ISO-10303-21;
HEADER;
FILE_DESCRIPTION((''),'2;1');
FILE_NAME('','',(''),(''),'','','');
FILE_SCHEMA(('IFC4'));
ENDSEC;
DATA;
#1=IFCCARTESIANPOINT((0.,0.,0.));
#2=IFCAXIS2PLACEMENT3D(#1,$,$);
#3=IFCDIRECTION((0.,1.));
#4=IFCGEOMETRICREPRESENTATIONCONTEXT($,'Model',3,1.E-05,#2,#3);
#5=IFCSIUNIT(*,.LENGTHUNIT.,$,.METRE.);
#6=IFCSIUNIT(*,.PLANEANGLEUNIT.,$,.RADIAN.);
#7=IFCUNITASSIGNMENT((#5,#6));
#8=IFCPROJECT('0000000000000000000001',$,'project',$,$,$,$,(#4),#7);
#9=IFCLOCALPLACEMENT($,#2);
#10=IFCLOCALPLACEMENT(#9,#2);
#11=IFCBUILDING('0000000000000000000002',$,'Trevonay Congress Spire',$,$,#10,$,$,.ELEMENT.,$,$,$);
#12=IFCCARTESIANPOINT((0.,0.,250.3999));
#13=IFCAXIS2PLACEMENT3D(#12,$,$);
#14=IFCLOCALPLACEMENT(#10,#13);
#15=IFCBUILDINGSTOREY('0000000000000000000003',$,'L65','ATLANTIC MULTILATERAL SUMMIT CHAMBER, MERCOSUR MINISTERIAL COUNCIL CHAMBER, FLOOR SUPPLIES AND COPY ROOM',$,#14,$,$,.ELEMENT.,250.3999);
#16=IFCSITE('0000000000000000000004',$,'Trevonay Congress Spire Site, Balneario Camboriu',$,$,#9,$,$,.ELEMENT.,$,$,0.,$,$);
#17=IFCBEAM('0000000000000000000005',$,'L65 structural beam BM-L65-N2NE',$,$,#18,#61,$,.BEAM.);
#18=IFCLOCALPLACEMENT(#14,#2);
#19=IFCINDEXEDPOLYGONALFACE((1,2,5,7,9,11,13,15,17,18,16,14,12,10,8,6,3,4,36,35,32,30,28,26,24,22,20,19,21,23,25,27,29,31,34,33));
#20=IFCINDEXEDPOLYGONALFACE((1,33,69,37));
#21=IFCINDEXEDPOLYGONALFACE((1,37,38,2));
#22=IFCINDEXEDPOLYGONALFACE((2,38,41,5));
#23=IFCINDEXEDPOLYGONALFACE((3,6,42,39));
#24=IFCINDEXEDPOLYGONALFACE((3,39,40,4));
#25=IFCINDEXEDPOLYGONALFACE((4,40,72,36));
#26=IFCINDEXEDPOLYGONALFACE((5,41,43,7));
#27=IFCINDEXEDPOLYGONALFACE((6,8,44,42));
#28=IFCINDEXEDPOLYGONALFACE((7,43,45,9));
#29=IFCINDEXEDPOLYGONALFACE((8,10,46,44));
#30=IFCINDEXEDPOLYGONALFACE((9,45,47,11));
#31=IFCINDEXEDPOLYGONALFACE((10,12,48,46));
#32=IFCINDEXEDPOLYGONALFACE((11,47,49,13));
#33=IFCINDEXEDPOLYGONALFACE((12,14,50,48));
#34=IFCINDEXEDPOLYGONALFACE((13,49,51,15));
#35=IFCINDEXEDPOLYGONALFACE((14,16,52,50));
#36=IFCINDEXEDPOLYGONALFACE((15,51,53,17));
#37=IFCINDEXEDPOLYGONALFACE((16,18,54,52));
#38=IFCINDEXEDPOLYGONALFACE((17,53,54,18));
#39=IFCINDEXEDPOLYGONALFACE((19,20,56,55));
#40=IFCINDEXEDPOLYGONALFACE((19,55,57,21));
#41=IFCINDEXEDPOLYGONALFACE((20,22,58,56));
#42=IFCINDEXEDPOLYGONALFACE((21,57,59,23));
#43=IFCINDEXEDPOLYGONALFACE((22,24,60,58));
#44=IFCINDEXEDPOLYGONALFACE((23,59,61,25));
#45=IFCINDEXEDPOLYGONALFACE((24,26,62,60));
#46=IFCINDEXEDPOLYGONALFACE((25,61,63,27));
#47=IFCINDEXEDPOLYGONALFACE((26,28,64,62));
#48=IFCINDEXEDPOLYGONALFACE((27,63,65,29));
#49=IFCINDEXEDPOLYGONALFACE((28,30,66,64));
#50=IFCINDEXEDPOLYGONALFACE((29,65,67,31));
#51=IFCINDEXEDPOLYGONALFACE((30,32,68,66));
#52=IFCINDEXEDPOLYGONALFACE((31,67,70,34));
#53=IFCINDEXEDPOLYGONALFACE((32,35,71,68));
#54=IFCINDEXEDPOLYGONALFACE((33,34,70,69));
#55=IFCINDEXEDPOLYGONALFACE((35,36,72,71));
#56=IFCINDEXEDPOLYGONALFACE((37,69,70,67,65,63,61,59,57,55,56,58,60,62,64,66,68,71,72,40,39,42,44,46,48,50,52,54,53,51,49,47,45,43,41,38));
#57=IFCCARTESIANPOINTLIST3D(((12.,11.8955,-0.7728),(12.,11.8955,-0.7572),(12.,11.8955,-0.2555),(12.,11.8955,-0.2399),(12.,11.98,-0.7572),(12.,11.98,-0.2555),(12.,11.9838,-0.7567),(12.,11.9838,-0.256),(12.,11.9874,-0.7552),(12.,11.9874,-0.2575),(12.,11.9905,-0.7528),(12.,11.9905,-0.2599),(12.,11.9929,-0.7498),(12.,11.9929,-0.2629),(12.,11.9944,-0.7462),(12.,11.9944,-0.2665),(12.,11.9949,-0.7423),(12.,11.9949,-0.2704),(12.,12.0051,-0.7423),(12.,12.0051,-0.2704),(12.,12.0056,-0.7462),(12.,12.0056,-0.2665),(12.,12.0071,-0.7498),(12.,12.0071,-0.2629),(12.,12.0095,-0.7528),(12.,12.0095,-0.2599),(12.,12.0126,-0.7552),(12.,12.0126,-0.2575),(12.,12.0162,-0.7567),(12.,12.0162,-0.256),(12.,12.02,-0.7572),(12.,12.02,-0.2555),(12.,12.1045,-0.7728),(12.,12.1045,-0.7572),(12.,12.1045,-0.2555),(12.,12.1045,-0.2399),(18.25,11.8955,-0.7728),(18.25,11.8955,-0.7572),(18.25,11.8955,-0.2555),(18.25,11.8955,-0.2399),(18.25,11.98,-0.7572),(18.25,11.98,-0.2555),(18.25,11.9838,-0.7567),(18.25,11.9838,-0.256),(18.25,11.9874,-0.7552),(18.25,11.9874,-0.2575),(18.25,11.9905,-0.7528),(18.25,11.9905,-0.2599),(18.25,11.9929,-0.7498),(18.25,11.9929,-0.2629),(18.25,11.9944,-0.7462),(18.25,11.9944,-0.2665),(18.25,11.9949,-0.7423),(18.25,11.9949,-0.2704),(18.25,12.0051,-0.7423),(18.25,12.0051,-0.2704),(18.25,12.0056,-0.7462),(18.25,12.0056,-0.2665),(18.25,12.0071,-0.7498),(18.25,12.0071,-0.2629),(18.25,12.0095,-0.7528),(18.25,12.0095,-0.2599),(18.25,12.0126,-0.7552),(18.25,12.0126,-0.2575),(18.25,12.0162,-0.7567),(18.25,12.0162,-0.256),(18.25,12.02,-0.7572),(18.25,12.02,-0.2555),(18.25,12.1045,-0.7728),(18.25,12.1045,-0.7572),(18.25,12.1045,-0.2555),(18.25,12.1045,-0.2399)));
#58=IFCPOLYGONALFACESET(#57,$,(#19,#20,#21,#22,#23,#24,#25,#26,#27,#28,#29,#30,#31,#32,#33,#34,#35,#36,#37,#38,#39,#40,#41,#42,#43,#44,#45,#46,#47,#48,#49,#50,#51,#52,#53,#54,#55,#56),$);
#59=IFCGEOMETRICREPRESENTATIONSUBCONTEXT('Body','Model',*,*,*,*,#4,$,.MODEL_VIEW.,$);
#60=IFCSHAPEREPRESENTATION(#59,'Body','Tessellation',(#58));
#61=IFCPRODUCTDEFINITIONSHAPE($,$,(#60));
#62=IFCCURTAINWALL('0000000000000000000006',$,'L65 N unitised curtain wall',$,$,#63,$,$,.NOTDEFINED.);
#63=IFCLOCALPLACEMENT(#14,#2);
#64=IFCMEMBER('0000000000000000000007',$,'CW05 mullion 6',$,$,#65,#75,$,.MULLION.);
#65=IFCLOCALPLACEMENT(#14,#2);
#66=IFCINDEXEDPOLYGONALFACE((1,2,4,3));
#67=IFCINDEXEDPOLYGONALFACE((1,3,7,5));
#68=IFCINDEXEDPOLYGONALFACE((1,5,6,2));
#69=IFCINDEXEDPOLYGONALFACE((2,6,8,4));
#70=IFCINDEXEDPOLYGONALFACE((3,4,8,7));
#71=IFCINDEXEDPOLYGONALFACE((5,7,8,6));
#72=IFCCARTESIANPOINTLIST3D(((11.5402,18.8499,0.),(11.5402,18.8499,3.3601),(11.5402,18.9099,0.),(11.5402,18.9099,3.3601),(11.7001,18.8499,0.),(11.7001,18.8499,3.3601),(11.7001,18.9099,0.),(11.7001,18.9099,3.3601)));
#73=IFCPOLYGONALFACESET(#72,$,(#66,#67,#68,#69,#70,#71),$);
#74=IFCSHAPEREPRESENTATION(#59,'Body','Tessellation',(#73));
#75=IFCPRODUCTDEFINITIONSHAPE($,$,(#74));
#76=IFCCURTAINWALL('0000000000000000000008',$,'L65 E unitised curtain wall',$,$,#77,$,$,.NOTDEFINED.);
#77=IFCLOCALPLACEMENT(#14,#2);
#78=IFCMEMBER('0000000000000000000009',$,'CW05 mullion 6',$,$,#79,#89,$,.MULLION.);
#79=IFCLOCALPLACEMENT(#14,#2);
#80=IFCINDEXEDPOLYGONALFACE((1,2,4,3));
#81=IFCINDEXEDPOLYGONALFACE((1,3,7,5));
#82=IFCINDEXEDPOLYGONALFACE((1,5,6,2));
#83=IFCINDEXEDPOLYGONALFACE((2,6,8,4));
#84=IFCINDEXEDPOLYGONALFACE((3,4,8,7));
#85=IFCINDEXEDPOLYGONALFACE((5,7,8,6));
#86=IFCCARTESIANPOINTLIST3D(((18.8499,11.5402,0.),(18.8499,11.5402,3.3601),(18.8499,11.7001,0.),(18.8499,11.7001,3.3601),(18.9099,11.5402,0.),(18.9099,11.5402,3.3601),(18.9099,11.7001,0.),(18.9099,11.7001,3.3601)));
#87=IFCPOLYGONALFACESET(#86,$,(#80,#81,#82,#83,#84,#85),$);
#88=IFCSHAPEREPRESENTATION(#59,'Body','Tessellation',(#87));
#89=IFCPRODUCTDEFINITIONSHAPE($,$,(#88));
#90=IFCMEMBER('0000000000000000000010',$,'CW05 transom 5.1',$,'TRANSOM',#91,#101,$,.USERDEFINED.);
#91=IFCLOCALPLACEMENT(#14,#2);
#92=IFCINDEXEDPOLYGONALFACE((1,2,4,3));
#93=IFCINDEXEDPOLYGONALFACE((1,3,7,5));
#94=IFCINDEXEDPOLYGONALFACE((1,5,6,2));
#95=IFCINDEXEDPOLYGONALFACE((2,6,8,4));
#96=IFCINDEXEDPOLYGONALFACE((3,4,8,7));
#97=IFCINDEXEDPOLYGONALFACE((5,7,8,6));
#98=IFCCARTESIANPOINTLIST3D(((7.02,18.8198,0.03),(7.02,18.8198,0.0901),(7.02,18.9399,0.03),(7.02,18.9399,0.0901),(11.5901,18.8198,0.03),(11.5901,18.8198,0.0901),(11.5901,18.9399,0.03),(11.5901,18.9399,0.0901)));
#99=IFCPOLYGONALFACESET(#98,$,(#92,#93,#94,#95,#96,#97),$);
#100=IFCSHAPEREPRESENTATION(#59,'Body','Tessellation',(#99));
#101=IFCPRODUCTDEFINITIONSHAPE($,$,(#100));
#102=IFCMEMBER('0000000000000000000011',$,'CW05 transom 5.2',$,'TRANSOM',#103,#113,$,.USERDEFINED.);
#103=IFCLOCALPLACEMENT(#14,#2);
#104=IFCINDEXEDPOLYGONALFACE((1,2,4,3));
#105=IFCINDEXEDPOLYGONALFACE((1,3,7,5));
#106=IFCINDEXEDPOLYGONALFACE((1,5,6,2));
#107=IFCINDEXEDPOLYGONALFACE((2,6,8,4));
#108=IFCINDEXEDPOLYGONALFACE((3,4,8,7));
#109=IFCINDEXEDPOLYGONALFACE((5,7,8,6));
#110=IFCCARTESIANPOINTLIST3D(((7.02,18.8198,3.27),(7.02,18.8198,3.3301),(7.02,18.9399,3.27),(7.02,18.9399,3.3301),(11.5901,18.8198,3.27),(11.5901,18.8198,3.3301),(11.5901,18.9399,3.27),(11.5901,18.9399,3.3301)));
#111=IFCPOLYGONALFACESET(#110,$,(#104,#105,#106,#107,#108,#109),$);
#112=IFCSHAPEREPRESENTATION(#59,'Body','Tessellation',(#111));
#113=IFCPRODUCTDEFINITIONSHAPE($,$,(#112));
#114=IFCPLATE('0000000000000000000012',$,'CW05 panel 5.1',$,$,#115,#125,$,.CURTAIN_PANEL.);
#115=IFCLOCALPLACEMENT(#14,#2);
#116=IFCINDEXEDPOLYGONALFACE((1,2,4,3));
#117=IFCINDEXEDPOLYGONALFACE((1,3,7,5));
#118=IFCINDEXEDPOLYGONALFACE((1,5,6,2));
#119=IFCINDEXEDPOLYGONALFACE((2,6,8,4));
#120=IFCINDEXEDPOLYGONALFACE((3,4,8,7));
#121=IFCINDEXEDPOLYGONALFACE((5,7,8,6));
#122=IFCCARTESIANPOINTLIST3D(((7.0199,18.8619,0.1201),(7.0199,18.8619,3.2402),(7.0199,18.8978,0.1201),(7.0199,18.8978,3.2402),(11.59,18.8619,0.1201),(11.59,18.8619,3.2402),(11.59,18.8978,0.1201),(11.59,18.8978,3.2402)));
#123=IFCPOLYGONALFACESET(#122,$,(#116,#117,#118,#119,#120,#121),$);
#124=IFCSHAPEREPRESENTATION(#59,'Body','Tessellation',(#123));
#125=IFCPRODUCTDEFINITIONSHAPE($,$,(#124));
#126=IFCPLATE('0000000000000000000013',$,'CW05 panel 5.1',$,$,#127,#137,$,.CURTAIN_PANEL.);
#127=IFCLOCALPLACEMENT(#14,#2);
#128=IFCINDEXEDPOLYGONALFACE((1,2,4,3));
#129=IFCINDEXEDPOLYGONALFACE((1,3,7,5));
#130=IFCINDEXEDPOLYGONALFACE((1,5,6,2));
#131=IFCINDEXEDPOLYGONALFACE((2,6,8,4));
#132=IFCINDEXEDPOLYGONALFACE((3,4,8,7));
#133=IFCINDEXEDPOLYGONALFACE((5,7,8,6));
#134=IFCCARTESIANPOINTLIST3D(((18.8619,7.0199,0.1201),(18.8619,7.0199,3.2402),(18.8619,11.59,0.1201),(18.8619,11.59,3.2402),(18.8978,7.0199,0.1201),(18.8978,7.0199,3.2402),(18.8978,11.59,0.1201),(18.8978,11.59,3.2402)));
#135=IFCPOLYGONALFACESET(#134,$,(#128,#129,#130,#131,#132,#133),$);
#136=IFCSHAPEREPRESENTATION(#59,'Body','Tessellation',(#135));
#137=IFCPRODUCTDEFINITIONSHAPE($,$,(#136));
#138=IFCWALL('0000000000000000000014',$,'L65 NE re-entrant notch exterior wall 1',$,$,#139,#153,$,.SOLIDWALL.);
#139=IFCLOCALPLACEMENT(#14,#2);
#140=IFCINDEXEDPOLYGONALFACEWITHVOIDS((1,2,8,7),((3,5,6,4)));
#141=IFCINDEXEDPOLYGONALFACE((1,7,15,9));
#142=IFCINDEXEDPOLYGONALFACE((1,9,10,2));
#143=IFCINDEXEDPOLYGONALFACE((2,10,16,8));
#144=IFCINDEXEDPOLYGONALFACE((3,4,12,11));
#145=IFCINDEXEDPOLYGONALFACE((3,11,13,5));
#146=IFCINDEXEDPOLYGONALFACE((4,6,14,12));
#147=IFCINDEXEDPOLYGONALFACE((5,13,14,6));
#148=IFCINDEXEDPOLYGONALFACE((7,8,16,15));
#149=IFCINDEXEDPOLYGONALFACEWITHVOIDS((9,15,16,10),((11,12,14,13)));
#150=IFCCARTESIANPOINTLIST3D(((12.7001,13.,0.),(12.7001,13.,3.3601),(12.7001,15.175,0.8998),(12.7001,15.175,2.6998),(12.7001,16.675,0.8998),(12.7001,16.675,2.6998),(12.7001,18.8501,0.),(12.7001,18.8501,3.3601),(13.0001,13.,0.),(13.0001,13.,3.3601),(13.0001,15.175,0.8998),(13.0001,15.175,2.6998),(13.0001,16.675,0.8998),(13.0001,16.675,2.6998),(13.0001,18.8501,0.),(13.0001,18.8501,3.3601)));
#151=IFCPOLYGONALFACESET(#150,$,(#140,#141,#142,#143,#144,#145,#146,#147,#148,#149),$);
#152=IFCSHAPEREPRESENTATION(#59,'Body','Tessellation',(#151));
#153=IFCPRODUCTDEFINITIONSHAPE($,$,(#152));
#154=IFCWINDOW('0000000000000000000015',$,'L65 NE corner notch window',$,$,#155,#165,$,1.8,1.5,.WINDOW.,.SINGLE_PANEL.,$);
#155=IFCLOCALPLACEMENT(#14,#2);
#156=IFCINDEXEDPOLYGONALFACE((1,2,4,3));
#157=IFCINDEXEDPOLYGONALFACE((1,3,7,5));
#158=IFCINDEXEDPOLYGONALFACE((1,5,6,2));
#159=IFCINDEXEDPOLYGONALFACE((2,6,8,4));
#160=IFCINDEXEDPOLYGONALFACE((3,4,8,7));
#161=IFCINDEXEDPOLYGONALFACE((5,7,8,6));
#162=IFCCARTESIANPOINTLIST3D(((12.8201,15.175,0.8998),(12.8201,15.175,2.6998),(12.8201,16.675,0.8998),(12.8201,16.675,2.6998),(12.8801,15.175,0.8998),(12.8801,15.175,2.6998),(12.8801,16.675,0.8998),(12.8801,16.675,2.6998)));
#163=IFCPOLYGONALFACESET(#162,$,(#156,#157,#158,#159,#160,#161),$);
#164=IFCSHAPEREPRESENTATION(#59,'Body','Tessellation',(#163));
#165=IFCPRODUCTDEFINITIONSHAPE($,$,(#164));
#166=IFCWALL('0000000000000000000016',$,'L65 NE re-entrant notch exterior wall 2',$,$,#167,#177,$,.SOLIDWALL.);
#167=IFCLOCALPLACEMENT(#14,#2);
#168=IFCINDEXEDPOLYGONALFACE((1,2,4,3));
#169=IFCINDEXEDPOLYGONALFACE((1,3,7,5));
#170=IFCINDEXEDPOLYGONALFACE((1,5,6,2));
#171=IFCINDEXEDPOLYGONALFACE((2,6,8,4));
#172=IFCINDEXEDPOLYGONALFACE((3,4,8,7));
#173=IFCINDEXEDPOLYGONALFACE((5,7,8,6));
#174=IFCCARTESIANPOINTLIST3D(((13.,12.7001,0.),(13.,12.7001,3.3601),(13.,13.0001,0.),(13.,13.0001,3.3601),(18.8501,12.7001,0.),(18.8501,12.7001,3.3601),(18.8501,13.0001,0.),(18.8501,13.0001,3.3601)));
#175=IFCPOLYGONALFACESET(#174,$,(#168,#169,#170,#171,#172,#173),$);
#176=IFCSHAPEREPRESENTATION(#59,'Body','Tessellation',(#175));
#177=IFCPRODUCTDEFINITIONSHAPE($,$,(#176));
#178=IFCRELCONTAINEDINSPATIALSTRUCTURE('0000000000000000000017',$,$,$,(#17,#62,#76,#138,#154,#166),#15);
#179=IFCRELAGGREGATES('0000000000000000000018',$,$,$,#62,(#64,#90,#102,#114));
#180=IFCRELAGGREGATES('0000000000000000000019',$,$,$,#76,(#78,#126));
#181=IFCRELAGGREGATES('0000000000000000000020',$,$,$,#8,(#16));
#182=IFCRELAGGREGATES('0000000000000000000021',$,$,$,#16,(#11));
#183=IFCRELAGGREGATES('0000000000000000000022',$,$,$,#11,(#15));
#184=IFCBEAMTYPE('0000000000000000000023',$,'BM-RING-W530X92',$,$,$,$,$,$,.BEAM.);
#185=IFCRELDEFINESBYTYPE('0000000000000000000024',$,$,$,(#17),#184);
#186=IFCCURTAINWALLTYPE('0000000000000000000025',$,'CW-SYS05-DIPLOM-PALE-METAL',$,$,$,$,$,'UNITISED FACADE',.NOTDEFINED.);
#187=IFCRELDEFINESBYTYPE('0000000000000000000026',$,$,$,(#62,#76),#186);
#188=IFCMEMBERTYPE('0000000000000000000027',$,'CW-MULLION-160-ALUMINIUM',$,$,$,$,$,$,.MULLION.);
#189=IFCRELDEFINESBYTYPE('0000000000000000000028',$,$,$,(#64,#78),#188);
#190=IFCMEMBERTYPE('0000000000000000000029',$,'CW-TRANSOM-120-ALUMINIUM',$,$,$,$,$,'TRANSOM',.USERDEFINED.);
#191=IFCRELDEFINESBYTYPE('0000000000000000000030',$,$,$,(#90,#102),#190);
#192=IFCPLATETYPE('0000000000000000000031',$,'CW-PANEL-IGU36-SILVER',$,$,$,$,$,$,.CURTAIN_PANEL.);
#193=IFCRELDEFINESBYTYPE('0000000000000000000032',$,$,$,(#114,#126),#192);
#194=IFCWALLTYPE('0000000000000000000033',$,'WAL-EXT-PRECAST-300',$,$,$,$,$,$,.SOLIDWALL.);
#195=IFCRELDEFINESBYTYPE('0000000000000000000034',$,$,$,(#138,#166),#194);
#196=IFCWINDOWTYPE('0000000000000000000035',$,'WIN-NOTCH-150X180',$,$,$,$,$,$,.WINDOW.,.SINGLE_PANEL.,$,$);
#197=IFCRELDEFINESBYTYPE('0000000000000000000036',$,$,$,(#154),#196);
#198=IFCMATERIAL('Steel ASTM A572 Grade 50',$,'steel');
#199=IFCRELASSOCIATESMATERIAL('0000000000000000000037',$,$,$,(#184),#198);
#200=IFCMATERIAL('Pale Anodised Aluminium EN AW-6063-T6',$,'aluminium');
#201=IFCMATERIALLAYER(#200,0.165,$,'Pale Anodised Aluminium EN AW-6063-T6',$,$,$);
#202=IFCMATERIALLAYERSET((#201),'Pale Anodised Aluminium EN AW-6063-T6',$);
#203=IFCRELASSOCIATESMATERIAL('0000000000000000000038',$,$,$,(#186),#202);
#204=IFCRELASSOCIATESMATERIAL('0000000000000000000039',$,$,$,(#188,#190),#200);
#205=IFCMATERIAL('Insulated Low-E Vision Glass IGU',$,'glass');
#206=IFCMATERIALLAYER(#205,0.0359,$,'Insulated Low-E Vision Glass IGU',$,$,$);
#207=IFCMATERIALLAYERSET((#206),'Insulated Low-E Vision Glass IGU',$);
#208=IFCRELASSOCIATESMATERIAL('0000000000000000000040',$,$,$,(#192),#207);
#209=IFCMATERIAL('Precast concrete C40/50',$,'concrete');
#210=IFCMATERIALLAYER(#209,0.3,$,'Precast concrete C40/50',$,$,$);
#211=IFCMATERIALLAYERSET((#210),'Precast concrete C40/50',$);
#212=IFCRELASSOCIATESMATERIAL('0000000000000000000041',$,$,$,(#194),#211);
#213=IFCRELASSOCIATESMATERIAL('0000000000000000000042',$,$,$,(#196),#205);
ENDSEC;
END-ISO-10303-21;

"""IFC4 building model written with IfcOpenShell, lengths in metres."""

from ifc_helpers import new_model, si_unit, direction, frame, frame_2d, origin, origin_2d, place, context, subcontext, project, spatial, rectangle, i_section, extrude, material, layer, layer_set, material_profile, profile_set, type_object, element, fill, aggregate, save


model = new_model("IFC4")

# Units and contexts
model_context = context("Model", 3, precision=1e-05, world=origin(), true_north=direction((0.0, 1.0)))
body_context = subcontext(model_context, "Body", "Model", "MODEL_VIEW")
ifc_project = project(units=[si_unit("LENGTHUNIT", "METRE"), si_unit("PLANEANGLEUNIT", "RADIAN")], contexts=[model_context])

# Site, building, storey
site_placement = place(None, origin())
site = spatial("IfcSite", under=ifc_project, at=site_placement, Name="Trevonay Congress Spire Site, Balneario Camboriu", CompositionType="ELEMENT", RefElevation=0.0)
building_placement = place(site_placement, origin())
building = spatial("IfcBuilding", under=site, at=building_placement, Name="Trevonay Congress Spire", CompositionType="ELEMENT")
storey_placement = place(building_placement, frame((0.0, 0.0, 250.3999)))
storey = spatial("IfcBuildingStorey", under=building, at=storey_placement, Name="L65", Description="ATLANTIC MULTILATERAL SUMMIT CHAMBER, MERCOSUR MINISTERIAL COUNCIL CHAMBER, FLOOR SUPPLIES AND COPY ROOM", CompositionType="ELEMENT", Elevation=250.3999)

# Shared definitions
ifc_material_1 = material(Name="Steel ASTM A572 Grade 50", Category="steel")

# Beam
ifc_material_profile_1 = material_profile(ifc_material_1, i_section(OverallWidth=0.209, OverallDepth=0.533, WebThickness=0.0103, FlangeThickness=0.0156, FilletRadius=0.0149, at=origin_2d()), Name="W530x92")
ifc_profile_set_1 = profile_set([ifc_material_profile_1], Name="Steel ASTM A572 Grade 50")
beam_type_1 = type_object("IfcBeamType", Name="BM-RING-W530X92", PredefinedType="BEAM", material=ifc_profile_set_1)
for number, where, z_axis, x_axis, name in (
    (1, (18.25, 12.0, -0.5063), (-1.0, 0.0, 0.0), (0.0, -1.0, 0.0), "L65 structural beam BM-L65-N2NE"),
):
    element("IfcBeam", number, at=place(storey_placement, frame(where, z_axis=z_axis, x_axis=x_axis)), inside=storey, type_object=beam_type_1, Name=name, PredefinedType="BEAM", context=body_context, shape_type="SweptSolid", body=[
        extrude(i_section(OverallWidth=0.209, OverallDepth=0.533, WebThickness=0.0103, FlangeThickness=0.0156, FilletRadius=0.0149, at=origin_2d()), origin(), (0.0, 0.0, 1.0), 6.25),
    ])

# Curtain walls, members
ifc_material_2 = material(Name="Pale Anodised Aluminium EN AW-6063-T6", Category="aluminium")
ifc_layer_1 = layer(ifc_material_2, 0.165, Name="Pale Anodised Aluminium EN AW-6063-T6")
ifc_layer_set_1 = layer_set([ifc_layer_1], Name="Pale Anodised Aluminium EN AW-6063-T6")
curtain_wall_type = type_object("IfcCurtainWallType", Name="CW-SYS05-DIPLOM-PALE-METAL", ElementType="UNITISED FACADE", PredefinedType="NOTDEFINED", material=ifc_layer_set_1)
curtain_wall_1_placement = place(storey_placement, origin())
curtain_wall_1 = element("IfcCurtainWall", 2, at=curtain_wall_1_placement, inside=storey, type_object=curtain_wall_type, Name="L65 N unitised curtain wall", PredefinedType="NOTDEFINED")
ifc_material_profile_2 = material_profile(ifc_material_2, rectangle(XDim=0.0601, YDim=0.1599, at=origin_2d()), Name="CW-MULLION-160-ALUMINIUM")
ifc_profile_set_2 = profile_set([ifc_material_profile_2], Name="Pale Anodised Aluminium EN AW-6063-T6")
member_type_1 = type_object("IfcMemberType", Name="CW-MULLION-160-ALUMINIUM", PredefinedType="MULLION", material=ifc_profile_set_2)
member_1_placement = place(storey_placement, frame((11.6201, 18.8799, 0.0), z_axis=(0.0, 0.0, 1.0), x_axis=(0.0, 1.0, 0.0)))
member_1 = element("IfcMember", 3, at=member_1_placement, type_object=member_type_1, Name="CW05 mullion 6", PredefinedType="MULLION", context=body_context, shape_type="SweptSolid", body=[
    extrude(rectangle(XDim=0.0601, YDim=0.1599, at=origin_2d()), origin(), (0.0, 0.0, 1.0), 3.3601),
])
curtain_wall_2_placement = place(storey_placement, origin())
curtain_wall_2 = element("IfcCurtainWall", 4, at=curtain_wall_2_placement, inside=storey, type_object=curtain_wall_type, Name="L65 E unitised curtain wall", PredefinedType="NOTDEFINED")
member_2_placement = place(storey_placement, frame((18.8799, 11.6201, 0.0), z_axis=(0.0, 0.0, 1.0), x_axis=(-1.0, 0.0, 0.0)))
member_2 = element("IfcMember", 5, at=member_2_placement, type_object=member_type_1, Name="CW05 mullion 6", PredefinedType="MULLION", context=body_context, shape_type="SweptSolid", body=[
    extrude(rectangle(XDim=0.0601, YDim=0.1599, at=origin_2d()), origin(), (0.0, 0.0, 1.0), 3.3601),
])

# Members
ifc_material_profile_3 = material_profile(ifc_material_2, rectangle(XDim=0.1201, YDim=0.0601, at=origin_2d()), Name="CW-TRANSOM-120-ALUMINIUM")
ifc_profile_set_3 = profile_set([ifc_material_profile_3], Name="Pale Anodised Aluminium EN AW-6063-T6")
member_type_2 = type_object("IfcMemberType", Name="CW-TRANSOM-120-ALUMINIUM", ElementType="TRANSOM", PredefinedType="USERDEFINED", material=ifc_profile_set_3)
member_3_placement = place(storey_placement, frame((7.02, 18.8799, 0.0601), z_axis=(1.0, 0.0, 0.0), x_axis=(0.0, 1.0, 0.0)))
member_3 = element("IfcMember", 6, at=member_3_placement, type_object=member_type_2, Name="CW05 transom 5.1", ObjectType="TRANSOM", PredefinedType="USERDEFINED", context=body_context, shape_type="SweptSolid", body=[
    extrude(rectangle(XDim=0.1201, YDim=0.0601, at=origin_2d()), origin(), (0.0, 0.0, 1.0), 4.5701),
])
member_4_placement = place(storey_placement, frame((7.02, 18.8799, 3.3), z_axis=(1.0, 0.0, 0.0), x_axis=(0.0, 1.0, 0.0)))
member_4 = element("IfcMember", 7, at=member_4_placement, type_object=member_type_2, Name="CW05 transom 5.2", ObjectType="TRANSOM", PredefinedType="USERDEFINED", context=body_context, shape_type="SweptSolid", body=[
    extrude(rectangle(XDim=0.1201, YDim=0.0601, at=origin_2d()), origin(), (0.0, 0.0, 1.0), 4.5701),
])

# Plates
ifc_material_3 = material(Name="Insulated Low-E Vision Glass IGU", Category="glass")
ifc_layer_2 = layer(ifc_material_3, 0.0359, Name="Insulated Low-E Vision Glass IGU")
ifc_layer_set_2 = layer_set([ifc_layer_2], Name="Insulated Low-E Vision Glass IGU")
plate_type = type_object("IfcPlateType", Name="CW-PANEL-IGU36-SILVER", PredefinedType="CURTAIN_PANEL", material=ifc_layer_set_2)
plate_1_placement = place(storey_placement, frame((9.3049, 18.8799, 0.1201), z_axis=(0.0, 0.0, 1.0), x_axis=(1.0, 0.0, 0.0)))
plate_1 = element("IfcPlate", 8, at=plate_1_placement, type_object=plate_type, Name="CW05 panel 5.1", PredefinedType="CURTAIN_PANEL", context=body_context, shape_type="SweptSolid", body=[
    extrude(rectangle(XDim=4.5701, YDim=0.0359, at=origin_2d()), origin(), (0.0, 0.0, 1.0), 3.1201),
])
aggregate(curtain_wall_1, [member_1, member_3, member_4, plate_1])
plate_2_placement = place(storey_placement, frame((18.8799, 9.3049, 0.1201), z_axis=(0.0, 0.0, 1.0), x_axis=(0.0, 1.0, 0.0)))
plate_2 = element("IfcPlate", 9, at=plate_2_placement, type_object=plate_type, Name="CW05 panel 5.1", PredefinedType="CURTAIN_PANEL", context=body_context, shape_type="SweptSolid", body=[
    extrude(rectangle(XDim=4.5701, YDim=0.0359, at=origin_2d()), origin(), (0.0, 0.0, 1.0), 3.1201),
])
aggregate(curtain_wall_2, [member_2, plate_2])

# Wall, opening, window
ifc_material_4 = material(Name="Precast concrete C40/50", Category="concrete")
ifc_layer_3 = layer(ifc_material_4, 0.3, Name="Precast concrete C40/50")
ifc_layer_set_3 = layer_set([ifc_layer_3], Name="Precast concrete C40/50")
wall_type_1 = type_object("IfcWallType", Name="WAL-EXT-PRECAST-300", PredefinedType="SOLIDWALL", material=ifc_layer_set_3)
wall_1_placement = place(storey_placement, frame((12.8501, 18.8501, 0.0), z_axis=(0.0, 0.0, 1.0), x_axis=(0.0, -1.0, 0.0)))
wall_1 = element("IfcWall", 10, at=wall_1_placement, inside=storey, type_object=wall_type_1, Name="L65 NE re-entrant notch exterior wall 1", PredefinedType="SOLIDWALL", context=body_context, shape_type="SweptSolid", body=[
    extrude(rectangle(XDim=5.8501, YDim=0.3, at=frame_2d((2.925, 0.0))), origin(), (0.0, 0.0, 1.0), 3.3601),
])
opening_placement = place(wall_1_placement, frame((2.175, 0.0, 0.8999)))
opening = element("IfcOpeningElement", 11, at=opening_placement, cuts=wall_1, PredefinedType="OPENING", context=body_context, shape_type="SweptSolid", body=[
    extrude(rectangle(XDim=1.5, YDim=1.8, at=frame_2d((0.75, 0.8999))), frame((0.0, 0.1602, 0.0), z_axis=(0.0, -1.0, 0.0), x_axis=(1.0, 0.0, 0.0)), (0.0, 0.0, 1.0), 0.3201),
])
window_type = type_object("IfcWindowType", Name="WIN-NOTCH-150X180", PartitioningType="SINGLE_PANEL", PredefinedType="WINDOW", material=ifc_material_3)
window_placement = place(opening_placement, origin())
window = element("IfcWindow", 12, at=window_placement, inside=storey, type_object=window_type, Name="L65 NE corner notch window", OverallHeight=1.8, OverallWidth=1.5, PartitioningType="SINGLE_PANEL", PredefinedType="WINDOW", context=body_context, shape_type="SweptSolid", body=[
    extrude(rectangle(XDim=1.5, YDim=1.8, at=frame_2d((0.75, 0.8999))), frame((0.0, 0.03, 0.0), z_axis=(0.0, -1.0, 0.0), x_axis=(1.0, 0.0, 0.0)), (0.0, 0.0, 1.0), 0.0601),
])
fill(opening, window)

# Wall
wall_2_placement = place(storey_placement, frame((18.8501, 12.8501, 0.0), z_axis=(0.0, 0.0, 1.0), x_axis=(-1.0, 0.0, 0.0)))
element("IfcWall", 13, at=wall_2_placement, inside=storey, type_object=wall_type_1, Name="L65 NE re-entrant notch exterior wall 2", PredefinedType="SOLIDWALL", context=body_context, shape_type="SweptSolid", body=[
    extrude(rectangle(XDim=5.8501, YDim=0.3, at=frame_2d((2.925, 0.0))), origin(), (0.0, 0.0, 1.0), 3.3601),
])

save(model, "model.ifc")
